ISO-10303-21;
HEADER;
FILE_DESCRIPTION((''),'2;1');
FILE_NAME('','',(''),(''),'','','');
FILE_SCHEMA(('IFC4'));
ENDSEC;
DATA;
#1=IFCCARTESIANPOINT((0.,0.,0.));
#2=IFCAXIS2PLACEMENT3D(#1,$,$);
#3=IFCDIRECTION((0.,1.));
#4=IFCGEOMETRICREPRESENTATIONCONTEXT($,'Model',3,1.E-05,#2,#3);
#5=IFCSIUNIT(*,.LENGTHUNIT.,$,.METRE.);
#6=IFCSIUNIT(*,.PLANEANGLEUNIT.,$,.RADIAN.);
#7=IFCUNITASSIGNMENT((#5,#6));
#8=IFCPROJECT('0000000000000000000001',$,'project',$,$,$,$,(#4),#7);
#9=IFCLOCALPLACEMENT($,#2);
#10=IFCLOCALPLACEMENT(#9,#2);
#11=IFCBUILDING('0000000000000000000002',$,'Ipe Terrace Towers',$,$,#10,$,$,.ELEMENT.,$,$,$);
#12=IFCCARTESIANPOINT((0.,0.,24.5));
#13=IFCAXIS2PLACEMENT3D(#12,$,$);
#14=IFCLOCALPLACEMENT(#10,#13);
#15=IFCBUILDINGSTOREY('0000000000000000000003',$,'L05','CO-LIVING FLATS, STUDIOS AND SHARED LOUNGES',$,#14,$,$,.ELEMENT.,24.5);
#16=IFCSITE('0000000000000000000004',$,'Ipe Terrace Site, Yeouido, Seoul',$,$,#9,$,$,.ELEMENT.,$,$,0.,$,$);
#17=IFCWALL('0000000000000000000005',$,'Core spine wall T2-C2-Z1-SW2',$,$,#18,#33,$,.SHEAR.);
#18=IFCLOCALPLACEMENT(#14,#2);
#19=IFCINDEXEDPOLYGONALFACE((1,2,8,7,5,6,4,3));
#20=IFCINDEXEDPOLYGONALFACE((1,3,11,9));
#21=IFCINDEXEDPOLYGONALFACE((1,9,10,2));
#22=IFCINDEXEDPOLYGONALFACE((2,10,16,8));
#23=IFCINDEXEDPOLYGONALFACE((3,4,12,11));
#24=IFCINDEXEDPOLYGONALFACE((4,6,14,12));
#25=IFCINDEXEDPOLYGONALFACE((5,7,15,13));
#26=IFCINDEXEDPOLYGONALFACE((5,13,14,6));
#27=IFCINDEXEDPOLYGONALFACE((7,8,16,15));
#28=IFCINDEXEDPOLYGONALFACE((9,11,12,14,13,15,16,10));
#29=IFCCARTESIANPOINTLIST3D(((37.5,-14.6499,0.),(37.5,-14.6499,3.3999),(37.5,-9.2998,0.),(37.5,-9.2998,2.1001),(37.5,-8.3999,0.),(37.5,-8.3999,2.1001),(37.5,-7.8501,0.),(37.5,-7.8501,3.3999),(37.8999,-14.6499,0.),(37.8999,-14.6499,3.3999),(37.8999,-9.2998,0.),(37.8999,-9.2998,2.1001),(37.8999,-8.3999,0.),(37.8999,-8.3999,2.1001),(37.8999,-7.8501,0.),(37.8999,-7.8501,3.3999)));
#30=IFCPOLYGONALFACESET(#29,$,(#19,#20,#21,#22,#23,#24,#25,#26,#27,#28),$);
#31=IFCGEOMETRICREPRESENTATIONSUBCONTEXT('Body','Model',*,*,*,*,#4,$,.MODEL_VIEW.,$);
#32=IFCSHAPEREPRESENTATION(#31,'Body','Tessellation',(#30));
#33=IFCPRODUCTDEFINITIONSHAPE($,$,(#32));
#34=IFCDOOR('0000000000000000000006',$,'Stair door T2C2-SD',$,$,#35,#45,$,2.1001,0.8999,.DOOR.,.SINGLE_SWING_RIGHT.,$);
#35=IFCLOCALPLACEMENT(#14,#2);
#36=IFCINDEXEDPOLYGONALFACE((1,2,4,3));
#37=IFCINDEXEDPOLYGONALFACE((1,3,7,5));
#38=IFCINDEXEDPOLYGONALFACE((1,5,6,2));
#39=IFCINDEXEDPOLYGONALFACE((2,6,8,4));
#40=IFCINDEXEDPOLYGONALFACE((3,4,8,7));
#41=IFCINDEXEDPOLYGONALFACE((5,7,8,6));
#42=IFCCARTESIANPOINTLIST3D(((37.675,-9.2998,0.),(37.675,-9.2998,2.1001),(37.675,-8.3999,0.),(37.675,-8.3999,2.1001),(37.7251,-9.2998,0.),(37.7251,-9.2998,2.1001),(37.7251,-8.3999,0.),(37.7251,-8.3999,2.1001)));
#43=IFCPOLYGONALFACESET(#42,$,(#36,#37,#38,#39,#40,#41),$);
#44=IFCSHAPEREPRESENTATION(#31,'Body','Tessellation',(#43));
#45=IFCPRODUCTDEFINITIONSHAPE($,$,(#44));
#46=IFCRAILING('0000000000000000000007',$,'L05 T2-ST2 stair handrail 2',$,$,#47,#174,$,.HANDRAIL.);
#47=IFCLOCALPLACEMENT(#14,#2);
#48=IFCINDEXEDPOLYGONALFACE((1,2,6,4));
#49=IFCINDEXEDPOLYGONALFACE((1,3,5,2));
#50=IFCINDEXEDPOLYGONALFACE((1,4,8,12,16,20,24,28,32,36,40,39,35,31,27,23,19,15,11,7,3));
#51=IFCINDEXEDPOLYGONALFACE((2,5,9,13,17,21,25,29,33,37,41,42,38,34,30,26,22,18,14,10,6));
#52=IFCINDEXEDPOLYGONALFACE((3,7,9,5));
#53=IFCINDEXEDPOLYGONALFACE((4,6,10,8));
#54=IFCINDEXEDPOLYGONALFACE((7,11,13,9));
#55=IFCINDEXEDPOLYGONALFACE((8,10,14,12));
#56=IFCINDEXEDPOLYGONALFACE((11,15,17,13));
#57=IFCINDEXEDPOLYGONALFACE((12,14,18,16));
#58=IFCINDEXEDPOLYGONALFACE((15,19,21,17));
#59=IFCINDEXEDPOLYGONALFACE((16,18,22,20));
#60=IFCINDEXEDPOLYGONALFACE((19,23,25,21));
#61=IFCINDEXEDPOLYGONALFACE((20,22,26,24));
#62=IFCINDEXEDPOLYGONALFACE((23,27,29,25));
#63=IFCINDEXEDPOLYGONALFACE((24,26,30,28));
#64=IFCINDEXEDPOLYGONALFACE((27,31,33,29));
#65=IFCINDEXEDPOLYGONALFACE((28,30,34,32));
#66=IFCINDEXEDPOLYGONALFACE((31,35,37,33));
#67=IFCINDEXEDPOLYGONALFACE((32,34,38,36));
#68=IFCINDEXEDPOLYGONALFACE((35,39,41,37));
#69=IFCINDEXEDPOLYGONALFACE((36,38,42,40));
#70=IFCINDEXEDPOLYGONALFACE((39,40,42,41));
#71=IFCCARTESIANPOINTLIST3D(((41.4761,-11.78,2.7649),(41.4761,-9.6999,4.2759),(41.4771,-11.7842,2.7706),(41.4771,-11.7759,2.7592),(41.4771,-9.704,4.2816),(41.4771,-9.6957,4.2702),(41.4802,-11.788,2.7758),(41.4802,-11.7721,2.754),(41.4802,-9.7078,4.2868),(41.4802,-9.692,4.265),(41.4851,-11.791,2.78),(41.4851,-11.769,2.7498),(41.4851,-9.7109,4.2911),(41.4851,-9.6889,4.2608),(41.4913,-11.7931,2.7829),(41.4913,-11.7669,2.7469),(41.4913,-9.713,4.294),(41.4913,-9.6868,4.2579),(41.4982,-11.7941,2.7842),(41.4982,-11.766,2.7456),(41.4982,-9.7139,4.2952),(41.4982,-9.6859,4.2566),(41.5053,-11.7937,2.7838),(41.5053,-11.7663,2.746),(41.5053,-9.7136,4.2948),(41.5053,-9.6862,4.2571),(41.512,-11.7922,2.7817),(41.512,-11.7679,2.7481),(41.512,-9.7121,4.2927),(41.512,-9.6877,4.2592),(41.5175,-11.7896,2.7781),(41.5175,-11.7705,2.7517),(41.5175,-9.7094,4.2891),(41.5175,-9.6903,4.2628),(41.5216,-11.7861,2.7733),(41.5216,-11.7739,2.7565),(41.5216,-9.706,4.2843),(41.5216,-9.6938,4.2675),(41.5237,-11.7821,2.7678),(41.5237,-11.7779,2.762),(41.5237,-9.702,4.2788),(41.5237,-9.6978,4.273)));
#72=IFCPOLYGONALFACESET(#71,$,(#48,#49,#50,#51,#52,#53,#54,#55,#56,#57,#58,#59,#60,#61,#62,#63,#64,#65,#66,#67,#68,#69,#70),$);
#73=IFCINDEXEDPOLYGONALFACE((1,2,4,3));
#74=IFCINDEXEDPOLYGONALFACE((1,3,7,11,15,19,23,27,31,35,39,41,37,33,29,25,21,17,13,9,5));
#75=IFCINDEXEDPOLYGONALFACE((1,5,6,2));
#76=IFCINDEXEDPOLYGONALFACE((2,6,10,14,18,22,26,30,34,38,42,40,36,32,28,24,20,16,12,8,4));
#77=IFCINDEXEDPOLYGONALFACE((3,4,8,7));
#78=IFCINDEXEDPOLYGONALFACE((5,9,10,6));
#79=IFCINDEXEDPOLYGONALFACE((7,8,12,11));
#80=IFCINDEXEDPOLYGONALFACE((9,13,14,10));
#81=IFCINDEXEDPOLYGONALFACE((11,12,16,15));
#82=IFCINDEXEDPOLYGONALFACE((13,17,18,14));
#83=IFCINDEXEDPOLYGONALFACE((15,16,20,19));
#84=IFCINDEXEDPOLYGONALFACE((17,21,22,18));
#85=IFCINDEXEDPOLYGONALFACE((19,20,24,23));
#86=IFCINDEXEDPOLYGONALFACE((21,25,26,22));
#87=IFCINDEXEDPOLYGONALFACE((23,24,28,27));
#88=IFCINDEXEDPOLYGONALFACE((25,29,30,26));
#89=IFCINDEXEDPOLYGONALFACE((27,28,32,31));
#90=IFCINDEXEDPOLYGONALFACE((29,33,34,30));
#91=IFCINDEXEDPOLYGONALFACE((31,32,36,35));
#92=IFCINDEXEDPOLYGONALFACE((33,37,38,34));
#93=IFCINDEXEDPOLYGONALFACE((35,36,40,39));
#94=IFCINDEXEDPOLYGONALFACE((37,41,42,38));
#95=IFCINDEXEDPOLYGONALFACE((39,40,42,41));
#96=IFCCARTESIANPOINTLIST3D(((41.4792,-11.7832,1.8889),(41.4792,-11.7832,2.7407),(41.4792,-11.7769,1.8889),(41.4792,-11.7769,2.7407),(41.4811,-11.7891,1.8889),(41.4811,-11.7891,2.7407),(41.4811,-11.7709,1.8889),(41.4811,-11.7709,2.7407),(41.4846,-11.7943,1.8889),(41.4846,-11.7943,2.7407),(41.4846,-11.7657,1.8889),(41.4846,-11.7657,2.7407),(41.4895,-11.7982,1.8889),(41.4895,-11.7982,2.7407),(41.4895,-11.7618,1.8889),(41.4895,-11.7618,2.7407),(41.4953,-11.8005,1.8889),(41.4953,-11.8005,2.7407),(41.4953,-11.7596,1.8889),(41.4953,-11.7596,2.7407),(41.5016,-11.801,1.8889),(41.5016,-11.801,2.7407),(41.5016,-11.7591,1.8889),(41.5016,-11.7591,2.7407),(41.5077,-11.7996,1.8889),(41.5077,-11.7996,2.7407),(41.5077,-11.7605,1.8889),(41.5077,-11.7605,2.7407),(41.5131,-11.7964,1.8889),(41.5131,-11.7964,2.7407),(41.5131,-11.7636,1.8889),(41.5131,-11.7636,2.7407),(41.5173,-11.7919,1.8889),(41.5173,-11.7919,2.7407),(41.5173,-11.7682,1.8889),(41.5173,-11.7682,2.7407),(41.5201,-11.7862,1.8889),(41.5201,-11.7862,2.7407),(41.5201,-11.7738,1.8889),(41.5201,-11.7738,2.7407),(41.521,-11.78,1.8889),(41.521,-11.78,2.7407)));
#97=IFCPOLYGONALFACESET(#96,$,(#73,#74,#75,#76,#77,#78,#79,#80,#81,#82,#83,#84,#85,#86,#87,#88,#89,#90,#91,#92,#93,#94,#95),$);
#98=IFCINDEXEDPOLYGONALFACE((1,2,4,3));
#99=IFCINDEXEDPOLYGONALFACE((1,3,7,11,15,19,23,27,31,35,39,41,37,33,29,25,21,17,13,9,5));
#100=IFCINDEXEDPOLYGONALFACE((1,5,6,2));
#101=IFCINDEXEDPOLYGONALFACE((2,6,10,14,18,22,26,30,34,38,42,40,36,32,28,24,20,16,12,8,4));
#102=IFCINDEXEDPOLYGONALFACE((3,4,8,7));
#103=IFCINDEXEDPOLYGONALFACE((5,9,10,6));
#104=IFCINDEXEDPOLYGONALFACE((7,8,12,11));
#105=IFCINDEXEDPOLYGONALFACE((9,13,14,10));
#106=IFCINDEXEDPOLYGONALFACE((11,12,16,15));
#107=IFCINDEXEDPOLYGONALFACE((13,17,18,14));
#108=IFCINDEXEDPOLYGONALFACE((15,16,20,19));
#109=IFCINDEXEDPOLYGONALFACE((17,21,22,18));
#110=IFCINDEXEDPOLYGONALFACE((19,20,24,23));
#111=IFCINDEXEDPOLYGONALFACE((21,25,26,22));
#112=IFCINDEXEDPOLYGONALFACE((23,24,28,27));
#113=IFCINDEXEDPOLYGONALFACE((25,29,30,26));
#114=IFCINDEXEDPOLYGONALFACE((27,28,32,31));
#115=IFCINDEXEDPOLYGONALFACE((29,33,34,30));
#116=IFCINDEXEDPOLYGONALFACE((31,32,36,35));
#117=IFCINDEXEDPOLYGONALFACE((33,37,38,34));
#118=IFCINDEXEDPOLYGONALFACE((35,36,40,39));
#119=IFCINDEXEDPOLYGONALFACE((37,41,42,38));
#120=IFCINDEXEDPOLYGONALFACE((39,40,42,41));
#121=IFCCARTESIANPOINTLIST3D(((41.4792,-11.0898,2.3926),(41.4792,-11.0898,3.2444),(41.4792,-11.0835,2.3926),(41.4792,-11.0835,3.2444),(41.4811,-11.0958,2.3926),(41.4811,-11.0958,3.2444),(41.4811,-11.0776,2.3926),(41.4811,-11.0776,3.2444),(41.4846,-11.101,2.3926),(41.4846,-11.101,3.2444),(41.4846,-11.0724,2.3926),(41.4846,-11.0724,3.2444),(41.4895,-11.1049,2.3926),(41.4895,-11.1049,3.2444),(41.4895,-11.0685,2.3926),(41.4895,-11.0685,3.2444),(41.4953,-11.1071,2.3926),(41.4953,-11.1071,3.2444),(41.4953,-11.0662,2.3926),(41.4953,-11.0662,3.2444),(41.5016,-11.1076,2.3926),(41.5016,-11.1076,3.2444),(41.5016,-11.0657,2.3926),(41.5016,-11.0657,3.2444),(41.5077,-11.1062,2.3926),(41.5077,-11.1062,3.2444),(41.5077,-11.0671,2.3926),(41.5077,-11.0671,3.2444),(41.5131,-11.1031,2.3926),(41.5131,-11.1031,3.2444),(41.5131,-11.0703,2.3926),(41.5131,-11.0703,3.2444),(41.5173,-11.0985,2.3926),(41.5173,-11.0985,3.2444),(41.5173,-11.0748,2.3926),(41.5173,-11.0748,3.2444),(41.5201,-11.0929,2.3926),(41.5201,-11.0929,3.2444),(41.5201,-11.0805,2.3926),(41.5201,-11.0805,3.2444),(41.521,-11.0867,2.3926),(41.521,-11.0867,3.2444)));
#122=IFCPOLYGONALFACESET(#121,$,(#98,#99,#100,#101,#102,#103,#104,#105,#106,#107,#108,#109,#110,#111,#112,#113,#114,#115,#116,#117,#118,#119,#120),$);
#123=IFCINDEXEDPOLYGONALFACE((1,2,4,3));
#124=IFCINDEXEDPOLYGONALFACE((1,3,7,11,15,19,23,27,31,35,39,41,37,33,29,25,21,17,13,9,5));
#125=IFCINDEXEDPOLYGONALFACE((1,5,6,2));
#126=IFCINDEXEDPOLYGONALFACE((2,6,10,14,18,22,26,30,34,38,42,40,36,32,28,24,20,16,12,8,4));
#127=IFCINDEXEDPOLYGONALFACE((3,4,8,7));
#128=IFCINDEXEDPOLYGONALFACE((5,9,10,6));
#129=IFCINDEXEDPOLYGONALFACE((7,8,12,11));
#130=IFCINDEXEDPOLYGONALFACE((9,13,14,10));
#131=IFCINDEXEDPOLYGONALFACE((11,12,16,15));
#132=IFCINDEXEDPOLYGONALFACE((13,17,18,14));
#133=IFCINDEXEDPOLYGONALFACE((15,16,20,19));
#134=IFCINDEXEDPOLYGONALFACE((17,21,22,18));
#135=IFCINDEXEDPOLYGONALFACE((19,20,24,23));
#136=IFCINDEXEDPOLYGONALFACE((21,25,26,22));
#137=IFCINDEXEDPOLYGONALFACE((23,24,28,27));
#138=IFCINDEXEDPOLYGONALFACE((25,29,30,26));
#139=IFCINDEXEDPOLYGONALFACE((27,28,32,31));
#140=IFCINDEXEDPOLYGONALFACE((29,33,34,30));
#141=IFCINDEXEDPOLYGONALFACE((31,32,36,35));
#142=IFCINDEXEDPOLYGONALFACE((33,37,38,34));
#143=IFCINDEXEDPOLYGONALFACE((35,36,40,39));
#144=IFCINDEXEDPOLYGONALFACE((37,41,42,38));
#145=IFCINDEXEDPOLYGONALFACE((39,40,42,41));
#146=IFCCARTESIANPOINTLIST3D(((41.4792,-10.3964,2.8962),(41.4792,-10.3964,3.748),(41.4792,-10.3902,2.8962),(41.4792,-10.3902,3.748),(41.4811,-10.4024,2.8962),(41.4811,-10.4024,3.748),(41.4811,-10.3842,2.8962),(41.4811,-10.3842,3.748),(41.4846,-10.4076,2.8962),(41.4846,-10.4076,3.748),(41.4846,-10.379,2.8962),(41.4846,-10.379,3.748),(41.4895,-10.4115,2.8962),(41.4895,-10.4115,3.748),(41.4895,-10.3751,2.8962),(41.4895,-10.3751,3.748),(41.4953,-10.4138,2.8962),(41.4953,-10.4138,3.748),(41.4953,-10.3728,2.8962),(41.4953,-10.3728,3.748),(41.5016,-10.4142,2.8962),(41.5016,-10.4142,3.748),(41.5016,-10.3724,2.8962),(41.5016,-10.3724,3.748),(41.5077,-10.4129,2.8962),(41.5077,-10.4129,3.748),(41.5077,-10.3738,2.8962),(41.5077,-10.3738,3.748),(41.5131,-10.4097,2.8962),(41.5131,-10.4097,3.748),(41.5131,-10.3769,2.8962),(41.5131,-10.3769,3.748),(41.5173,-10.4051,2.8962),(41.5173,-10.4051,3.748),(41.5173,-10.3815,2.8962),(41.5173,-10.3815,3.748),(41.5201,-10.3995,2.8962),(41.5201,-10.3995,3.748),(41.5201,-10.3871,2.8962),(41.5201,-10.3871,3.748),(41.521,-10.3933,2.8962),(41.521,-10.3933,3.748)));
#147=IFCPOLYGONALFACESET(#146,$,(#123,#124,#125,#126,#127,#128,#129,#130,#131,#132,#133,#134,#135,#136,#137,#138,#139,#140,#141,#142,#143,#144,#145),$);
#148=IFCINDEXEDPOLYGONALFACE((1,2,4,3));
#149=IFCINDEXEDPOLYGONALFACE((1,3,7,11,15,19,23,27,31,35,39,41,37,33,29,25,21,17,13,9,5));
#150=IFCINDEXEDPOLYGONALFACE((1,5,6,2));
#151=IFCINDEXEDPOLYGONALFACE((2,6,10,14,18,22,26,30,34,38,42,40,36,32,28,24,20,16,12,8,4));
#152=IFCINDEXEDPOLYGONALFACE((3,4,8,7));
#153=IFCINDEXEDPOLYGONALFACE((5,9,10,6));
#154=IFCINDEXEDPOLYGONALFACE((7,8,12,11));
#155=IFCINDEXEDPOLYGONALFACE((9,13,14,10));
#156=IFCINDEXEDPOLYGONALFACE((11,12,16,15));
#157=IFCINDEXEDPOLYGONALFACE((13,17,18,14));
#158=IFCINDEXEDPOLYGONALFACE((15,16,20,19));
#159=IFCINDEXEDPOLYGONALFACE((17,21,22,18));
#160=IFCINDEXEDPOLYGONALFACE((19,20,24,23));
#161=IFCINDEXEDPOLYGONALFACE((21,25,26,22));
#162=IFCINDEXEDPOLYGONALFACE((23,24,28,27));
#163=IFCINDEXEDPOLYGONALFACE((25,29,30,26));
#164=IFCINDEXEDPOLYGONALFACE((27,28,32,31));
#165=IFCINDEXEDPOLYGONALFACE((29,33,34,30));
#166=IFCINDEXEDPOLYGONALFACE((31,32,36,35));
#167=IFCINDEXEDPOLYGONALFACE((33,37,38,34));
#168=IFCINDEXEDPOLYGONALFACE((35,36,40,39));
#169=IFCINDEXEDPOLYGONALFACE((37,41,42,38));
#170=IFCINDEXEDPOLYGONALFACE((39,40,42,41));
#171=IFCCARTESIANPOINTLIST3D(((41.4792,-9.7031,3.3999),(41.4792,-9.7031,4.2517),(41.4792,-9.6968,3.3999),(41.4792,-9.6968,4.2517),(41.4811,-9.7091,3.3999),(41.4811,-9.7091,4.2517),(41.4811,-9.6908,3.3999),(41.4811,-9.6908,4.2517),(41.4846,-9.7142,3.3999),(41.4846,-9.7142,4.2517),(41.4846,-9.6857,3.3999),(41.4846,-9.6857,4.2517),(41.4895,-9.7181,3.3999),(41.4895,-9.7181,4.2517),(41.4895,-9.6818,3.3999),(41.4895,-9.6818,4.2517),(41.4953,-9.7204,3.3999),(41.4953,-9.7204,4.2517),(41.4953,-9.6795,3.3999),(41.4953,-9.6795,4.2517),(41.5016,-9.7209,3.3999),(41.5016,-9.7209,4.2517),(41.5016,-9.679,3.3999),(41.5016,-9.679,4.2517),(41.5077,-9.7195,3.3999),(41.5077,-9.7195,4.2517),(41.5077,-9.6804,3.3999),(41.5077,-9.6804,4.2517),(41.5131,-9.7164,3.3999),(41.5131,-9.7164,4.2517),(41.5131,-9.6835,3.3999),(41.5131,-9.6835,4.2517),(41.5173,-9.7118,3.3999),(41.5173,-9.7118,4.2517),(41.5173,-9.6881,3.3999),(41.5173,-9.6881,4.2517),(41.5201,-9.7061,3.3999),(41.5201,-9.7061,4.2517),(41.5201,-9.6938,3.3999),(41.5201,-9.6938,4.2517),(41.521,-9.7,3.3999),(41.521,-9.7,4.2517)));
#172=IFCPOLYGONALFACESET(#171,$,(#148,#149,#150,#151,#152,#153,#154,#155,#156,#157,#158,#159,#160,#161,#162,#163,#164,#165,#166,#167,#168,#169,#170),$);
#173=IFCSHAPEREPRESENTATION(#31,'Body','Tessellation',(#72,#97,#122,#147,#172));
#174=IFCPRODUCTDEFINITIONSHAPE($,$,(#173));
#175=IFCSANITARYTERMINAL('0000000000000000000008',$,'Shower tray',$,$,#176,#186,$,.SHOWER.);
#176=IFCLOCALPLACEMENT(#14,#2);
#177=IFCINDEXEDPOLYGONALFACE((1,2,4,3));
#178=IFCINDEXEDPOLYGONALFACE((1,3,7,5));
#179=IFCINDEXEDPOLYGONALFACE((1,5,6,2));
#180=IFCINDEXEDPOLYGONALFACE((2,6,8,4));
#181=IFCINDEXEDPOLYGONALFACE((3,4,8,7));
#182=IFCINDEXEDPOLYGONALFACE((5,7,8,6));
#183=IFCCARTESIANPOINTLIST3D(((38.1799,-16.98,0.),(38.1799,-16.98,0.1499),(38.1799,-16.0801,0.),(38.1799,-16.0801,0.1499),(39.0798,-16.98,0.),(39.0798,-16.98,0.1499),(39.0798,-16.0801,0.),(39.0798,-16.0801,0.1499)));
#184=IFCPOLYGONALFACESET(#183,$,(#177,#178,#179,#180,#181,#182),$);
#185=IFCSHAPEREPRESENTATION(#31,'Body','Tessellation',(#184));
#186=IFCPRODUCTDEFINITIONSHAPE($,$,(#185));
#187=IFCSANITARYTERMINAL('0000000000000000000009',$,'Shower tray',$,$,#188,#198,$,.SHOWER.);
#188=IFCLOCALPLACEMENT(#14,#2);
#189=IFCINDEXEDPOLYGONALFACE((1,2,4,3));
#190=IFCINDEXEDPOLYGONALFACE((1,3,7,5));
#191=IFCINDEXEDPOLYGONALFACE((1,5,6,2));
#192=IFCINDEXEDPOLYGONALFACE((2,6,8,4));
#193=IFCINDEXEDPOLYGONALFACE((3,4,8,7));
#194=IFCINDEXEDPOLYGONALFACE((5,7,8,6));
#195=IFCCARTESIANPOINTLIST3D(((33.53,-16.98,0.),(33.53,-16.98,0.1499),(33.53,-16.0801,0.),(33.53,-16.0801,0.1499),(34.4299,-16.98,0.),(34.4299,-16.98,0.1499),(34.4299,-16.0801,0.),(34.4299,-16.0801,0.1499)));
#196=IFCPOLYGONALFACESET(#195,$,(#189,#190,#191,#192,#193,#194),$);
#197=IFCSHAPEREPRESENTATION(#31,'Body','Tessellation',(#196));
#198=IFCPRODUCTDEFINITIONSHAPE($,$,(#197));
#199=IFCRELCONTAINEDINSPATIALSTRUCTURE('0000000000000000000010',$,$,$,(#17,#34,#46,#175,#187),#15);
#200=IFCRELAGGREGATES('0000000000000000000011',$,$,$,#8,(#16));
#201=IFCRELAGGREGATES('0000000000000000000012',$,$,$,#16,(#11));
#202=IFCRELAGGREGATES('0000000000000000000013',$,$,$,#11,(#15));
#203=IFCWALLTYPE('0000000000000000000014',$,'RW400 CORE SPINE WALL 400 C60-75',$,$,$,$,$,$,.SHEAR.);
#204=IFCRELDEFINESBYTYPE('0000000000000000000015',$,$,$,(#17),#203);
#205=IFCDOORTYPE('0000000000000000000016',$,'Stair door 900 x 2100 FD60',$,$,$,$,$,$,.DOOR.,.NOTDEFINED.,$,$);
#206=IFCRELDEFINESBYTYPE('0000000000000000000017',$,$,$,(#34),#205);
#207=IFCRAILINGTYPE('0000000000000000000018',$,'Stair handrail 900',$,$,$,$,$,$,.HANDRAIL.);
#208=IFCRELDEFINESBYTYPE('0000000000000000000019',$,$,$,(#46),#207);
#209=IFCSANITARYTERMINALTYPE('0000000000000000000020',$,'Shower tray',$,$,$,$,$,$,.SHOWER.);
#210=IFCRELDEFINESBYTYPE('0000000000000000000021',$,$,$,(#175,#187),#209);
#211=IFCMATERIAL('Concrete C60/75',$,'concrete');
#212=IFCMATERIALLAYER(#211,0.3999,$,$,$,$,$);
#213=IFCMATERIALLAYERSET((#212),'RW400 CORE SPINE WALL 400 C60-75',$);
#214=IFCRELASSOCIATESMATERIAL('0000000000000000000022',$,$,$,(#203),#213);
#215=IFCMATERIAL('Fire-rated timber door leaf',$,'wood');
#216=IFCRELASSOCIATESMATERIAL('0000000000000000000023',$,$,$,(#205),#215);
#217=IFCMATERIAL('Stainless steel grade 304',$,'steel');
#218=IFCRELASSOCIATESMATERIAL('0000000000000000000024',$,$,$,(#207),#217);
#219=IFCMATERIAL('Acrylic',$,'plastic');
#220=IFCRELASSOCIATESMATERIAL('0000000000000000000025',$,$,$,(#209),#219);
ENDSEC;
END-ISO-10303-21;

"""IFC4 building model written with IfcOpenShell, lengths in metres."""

from ifc_helpers import new_model, si_unit, direction, frame, frame_2d, origin, origin_2d, place, context, subcontext, project, spatial, rectangle, circle, extrude, material, layer, layer_set, type_object, element, fill, save


model = new_model("IFC4")

# Units and contexts
model_context = context("Model", 3, precision=1e-05, world=origin(), true_north=direction((0.0, 1.0)))
body_context = subcontext(model_context, "Body", "Model", "MODEL_VIEW")
ifc_project = project(units=[si_unit("LENGTHUNIT", "METRE"), si_unit("PLANEANGLEUNIT", "RADIAN")], contexts=[model_context])

# Site, building, storey
site_placement = place(None, origin())
site = spatial("IfcSite", under=ifc_project, at=site_placement, Name="Ipe Terrace Site, Yeouido, Seoul", CompositionType="ELEMENT", RefElevation=0.0)
building_placement = place(site_placement, origin())
building = spatial("IfcBuilding", under=site, at=building_placement, Name="Ipe Terrace Towers", CompositionType="ELEMENT")
storey_placement = place(building_placement, frame((0.0, 0.0, 24.5)))
storey = spatial("IfcBuildingStorey", under=building, at=storey_placement, Name="L05", Description="CO-LIVING FLATS, STUDIOS AND SHARED LOUNGES", CompositionType="ELEMENT", Elevation=24.5)

# Wall, opening, door
ifc_material_1 = material(Name="Concrete C60/75", Category="concrete")
ifc_layer_1 = layer(ifc_material_1, 0.3999)
ifc_layer_set_1 = layer_set([ifc_layer_1], Name="RW400 CORE SPINE WALL 400 C60-75")
wall_type_1 = type_object("IfcWallType", Name="RW400 CORE SPINE WALL 400 C60-75", PredefinedType="SHEAR", material=ifc_layer_set_1)
wall_1_placement = place(storey_placement, frame((37.7, -14.6499, 0.0), z_axis=(0.0, 0.0, 1.0), x_axis=(0.0, 1.0, 0.0)))
wall_1 = element("IfcWall", 1, at=wall_1_placement, inside=storey, type_object=wall_type_1, Name="Core spine wall T2-C2-Z1-SW2", PredefinedType="SHEAR", context=body_context, shape_type="SweptSolid", body=[
    extrude(rectangle(XDim=6.7998, YDim=0.3999, at=frame_2d((3.3999, 0.0))), origin(), (0.0, 0.0, 1.0), 3.3999),
])
opening_1_placement = place(wall_1_placement, frame((5.3501, 0.0, 0.0)))
opening_1 = element("IfcOpeningElement", 2, at=opening_1_placement, cuts=wall_1, PredefinedType="OPENING", context=body_context, shape_type="SweptSolid", body=[
    extrude(rectangle(XDim=0.8999, YDim=2.1001, at=frame_2d((0.45, 1.05))), frame((0.0, 0.21, 0.0), z_axis=(0.0, -1.0, 0.0), x_axis=(1.0, 0.0, 0.0)), (0.0, 0.0, 1.0), 0.4199),
])
ifc_material_2 = material(Name="Fire-rated timber door leaf", Category="wood")
door_type_1 = type_object("IfcDoorType", Name="Stair door 900 x 2100 FD60", OperationType="NOTDEFINED", PredefinedType="DOOR", material=ifc_material_2)
door_1_placement = place(opening_1_placement, origin())
door_1 = element("IfcDoor", 3, at=door_1_placement, inside=storey, type_object=door_type_1, Name="Stair door T2C2-SD", OperationType="SINGLE_SWING_RIGHT", OverallHeight=2.1001, OverallWidth=0.8999, PredefinedType="DOOR", context=body_context, shape_type="SweptSolid", body=[
    extrude(rectangle(XDim=0.8999, YDim=2.1001, at=frame_2d((0.45, 1.05))), frame((0.0, 0.0249, 0.0), z_axis=(0.0, -1.0, 0.0), x_axis=(1.0, 0.0, 0.0)), (0.0, 0.0, 1.0), 0.05),
])
fill(opening_1, door_1)

# Railing
ifc_material_3 = material(Name="Stainless steel grade 304", Category="steel")
railing_type = type_object("IfcRailingType", Name="Stair handrail 900", PredefinedType="HANDRAIL", material=ifc_material_3)
railing_placement = place(storey_placement, frame((41.5, -11.78, 1.8889)))
element("IfcRailing", 4, at=railing_placement, inside=storey, type_object=railing_type, Name="L05 T2-ST2 stair handrail 2", PredefinedType="HANDRAIL", context=body_context, shape_type="SweptSolid", body=[
    extrude(circle(Radius=0.0239, at=origin_2d()), frame((0.0, 0.0, 0.876), z_axis=(0.0, 0.809069, 0.587714), x_axis=(-1.0, 0.0, 0.0)), (0.0, 0.0, 1.0), 2.571),
    extrude(circle(Radius=0.021, at=origin_2d()), origin(), (0.0, 0.0, 1.0), 0.8518),
    extrude(circle(Radius=0.021, at=origin_2d()), frame((0.0, 0.6934, 0.5037)), (0.0, 0.0, 1.0), 0.8518),
    extrude(circle(Radius=0.021, at=origin_2d()), frame((0.0, 1.3867, 1.0073)), (0.0, 0.0, 1.0), 0.8518),
    extrude(circle(Radius=0.021, at=origin_2d()), frame((0.0, 2.0801, 1.511)), (0.0, 0.0, 1.0), 0.8518),
])

# Sanitary terminals
ifc_material_4 = material(Name="Acrylic", Category="plastic")
sanitary_terminal_type_1 = type_object("IfcSanitaryTerminalType", Name="Shower tray", PredefinedType="SHOWER", material=ifc_material_4)
for number, where, z_axis, x_axis, name in (
    (5, (38.6299, -16.53, 0.0), (0.0, 0.0, 1.0), (-1.0, 0.0, 0.0), "Shower tray"),
    (6, (33.98, -16.53, 0.0), (0.0, 0.0, 1.0), (-1.0, 0.0, 0.0), "Shower tray"),
):
    element("IfcSanitaryTerminal", number, at=place(storey_placement, frame(where, z_axis=z_axis, x_axis=x_axis)), inside=storey, type_object=sanitary_terminal_type_1, Name=name, PredefinedType="SHOWER", context=body_context, shape_type="SweptSolid", body=[
        extrude(rectangle(XDim=0.8999, YDim=0.8999, at=origin_2d()), origin(), (0.0, 0.0, 1.0), 0.1499),
    ])

save(model, "model.ifc")
